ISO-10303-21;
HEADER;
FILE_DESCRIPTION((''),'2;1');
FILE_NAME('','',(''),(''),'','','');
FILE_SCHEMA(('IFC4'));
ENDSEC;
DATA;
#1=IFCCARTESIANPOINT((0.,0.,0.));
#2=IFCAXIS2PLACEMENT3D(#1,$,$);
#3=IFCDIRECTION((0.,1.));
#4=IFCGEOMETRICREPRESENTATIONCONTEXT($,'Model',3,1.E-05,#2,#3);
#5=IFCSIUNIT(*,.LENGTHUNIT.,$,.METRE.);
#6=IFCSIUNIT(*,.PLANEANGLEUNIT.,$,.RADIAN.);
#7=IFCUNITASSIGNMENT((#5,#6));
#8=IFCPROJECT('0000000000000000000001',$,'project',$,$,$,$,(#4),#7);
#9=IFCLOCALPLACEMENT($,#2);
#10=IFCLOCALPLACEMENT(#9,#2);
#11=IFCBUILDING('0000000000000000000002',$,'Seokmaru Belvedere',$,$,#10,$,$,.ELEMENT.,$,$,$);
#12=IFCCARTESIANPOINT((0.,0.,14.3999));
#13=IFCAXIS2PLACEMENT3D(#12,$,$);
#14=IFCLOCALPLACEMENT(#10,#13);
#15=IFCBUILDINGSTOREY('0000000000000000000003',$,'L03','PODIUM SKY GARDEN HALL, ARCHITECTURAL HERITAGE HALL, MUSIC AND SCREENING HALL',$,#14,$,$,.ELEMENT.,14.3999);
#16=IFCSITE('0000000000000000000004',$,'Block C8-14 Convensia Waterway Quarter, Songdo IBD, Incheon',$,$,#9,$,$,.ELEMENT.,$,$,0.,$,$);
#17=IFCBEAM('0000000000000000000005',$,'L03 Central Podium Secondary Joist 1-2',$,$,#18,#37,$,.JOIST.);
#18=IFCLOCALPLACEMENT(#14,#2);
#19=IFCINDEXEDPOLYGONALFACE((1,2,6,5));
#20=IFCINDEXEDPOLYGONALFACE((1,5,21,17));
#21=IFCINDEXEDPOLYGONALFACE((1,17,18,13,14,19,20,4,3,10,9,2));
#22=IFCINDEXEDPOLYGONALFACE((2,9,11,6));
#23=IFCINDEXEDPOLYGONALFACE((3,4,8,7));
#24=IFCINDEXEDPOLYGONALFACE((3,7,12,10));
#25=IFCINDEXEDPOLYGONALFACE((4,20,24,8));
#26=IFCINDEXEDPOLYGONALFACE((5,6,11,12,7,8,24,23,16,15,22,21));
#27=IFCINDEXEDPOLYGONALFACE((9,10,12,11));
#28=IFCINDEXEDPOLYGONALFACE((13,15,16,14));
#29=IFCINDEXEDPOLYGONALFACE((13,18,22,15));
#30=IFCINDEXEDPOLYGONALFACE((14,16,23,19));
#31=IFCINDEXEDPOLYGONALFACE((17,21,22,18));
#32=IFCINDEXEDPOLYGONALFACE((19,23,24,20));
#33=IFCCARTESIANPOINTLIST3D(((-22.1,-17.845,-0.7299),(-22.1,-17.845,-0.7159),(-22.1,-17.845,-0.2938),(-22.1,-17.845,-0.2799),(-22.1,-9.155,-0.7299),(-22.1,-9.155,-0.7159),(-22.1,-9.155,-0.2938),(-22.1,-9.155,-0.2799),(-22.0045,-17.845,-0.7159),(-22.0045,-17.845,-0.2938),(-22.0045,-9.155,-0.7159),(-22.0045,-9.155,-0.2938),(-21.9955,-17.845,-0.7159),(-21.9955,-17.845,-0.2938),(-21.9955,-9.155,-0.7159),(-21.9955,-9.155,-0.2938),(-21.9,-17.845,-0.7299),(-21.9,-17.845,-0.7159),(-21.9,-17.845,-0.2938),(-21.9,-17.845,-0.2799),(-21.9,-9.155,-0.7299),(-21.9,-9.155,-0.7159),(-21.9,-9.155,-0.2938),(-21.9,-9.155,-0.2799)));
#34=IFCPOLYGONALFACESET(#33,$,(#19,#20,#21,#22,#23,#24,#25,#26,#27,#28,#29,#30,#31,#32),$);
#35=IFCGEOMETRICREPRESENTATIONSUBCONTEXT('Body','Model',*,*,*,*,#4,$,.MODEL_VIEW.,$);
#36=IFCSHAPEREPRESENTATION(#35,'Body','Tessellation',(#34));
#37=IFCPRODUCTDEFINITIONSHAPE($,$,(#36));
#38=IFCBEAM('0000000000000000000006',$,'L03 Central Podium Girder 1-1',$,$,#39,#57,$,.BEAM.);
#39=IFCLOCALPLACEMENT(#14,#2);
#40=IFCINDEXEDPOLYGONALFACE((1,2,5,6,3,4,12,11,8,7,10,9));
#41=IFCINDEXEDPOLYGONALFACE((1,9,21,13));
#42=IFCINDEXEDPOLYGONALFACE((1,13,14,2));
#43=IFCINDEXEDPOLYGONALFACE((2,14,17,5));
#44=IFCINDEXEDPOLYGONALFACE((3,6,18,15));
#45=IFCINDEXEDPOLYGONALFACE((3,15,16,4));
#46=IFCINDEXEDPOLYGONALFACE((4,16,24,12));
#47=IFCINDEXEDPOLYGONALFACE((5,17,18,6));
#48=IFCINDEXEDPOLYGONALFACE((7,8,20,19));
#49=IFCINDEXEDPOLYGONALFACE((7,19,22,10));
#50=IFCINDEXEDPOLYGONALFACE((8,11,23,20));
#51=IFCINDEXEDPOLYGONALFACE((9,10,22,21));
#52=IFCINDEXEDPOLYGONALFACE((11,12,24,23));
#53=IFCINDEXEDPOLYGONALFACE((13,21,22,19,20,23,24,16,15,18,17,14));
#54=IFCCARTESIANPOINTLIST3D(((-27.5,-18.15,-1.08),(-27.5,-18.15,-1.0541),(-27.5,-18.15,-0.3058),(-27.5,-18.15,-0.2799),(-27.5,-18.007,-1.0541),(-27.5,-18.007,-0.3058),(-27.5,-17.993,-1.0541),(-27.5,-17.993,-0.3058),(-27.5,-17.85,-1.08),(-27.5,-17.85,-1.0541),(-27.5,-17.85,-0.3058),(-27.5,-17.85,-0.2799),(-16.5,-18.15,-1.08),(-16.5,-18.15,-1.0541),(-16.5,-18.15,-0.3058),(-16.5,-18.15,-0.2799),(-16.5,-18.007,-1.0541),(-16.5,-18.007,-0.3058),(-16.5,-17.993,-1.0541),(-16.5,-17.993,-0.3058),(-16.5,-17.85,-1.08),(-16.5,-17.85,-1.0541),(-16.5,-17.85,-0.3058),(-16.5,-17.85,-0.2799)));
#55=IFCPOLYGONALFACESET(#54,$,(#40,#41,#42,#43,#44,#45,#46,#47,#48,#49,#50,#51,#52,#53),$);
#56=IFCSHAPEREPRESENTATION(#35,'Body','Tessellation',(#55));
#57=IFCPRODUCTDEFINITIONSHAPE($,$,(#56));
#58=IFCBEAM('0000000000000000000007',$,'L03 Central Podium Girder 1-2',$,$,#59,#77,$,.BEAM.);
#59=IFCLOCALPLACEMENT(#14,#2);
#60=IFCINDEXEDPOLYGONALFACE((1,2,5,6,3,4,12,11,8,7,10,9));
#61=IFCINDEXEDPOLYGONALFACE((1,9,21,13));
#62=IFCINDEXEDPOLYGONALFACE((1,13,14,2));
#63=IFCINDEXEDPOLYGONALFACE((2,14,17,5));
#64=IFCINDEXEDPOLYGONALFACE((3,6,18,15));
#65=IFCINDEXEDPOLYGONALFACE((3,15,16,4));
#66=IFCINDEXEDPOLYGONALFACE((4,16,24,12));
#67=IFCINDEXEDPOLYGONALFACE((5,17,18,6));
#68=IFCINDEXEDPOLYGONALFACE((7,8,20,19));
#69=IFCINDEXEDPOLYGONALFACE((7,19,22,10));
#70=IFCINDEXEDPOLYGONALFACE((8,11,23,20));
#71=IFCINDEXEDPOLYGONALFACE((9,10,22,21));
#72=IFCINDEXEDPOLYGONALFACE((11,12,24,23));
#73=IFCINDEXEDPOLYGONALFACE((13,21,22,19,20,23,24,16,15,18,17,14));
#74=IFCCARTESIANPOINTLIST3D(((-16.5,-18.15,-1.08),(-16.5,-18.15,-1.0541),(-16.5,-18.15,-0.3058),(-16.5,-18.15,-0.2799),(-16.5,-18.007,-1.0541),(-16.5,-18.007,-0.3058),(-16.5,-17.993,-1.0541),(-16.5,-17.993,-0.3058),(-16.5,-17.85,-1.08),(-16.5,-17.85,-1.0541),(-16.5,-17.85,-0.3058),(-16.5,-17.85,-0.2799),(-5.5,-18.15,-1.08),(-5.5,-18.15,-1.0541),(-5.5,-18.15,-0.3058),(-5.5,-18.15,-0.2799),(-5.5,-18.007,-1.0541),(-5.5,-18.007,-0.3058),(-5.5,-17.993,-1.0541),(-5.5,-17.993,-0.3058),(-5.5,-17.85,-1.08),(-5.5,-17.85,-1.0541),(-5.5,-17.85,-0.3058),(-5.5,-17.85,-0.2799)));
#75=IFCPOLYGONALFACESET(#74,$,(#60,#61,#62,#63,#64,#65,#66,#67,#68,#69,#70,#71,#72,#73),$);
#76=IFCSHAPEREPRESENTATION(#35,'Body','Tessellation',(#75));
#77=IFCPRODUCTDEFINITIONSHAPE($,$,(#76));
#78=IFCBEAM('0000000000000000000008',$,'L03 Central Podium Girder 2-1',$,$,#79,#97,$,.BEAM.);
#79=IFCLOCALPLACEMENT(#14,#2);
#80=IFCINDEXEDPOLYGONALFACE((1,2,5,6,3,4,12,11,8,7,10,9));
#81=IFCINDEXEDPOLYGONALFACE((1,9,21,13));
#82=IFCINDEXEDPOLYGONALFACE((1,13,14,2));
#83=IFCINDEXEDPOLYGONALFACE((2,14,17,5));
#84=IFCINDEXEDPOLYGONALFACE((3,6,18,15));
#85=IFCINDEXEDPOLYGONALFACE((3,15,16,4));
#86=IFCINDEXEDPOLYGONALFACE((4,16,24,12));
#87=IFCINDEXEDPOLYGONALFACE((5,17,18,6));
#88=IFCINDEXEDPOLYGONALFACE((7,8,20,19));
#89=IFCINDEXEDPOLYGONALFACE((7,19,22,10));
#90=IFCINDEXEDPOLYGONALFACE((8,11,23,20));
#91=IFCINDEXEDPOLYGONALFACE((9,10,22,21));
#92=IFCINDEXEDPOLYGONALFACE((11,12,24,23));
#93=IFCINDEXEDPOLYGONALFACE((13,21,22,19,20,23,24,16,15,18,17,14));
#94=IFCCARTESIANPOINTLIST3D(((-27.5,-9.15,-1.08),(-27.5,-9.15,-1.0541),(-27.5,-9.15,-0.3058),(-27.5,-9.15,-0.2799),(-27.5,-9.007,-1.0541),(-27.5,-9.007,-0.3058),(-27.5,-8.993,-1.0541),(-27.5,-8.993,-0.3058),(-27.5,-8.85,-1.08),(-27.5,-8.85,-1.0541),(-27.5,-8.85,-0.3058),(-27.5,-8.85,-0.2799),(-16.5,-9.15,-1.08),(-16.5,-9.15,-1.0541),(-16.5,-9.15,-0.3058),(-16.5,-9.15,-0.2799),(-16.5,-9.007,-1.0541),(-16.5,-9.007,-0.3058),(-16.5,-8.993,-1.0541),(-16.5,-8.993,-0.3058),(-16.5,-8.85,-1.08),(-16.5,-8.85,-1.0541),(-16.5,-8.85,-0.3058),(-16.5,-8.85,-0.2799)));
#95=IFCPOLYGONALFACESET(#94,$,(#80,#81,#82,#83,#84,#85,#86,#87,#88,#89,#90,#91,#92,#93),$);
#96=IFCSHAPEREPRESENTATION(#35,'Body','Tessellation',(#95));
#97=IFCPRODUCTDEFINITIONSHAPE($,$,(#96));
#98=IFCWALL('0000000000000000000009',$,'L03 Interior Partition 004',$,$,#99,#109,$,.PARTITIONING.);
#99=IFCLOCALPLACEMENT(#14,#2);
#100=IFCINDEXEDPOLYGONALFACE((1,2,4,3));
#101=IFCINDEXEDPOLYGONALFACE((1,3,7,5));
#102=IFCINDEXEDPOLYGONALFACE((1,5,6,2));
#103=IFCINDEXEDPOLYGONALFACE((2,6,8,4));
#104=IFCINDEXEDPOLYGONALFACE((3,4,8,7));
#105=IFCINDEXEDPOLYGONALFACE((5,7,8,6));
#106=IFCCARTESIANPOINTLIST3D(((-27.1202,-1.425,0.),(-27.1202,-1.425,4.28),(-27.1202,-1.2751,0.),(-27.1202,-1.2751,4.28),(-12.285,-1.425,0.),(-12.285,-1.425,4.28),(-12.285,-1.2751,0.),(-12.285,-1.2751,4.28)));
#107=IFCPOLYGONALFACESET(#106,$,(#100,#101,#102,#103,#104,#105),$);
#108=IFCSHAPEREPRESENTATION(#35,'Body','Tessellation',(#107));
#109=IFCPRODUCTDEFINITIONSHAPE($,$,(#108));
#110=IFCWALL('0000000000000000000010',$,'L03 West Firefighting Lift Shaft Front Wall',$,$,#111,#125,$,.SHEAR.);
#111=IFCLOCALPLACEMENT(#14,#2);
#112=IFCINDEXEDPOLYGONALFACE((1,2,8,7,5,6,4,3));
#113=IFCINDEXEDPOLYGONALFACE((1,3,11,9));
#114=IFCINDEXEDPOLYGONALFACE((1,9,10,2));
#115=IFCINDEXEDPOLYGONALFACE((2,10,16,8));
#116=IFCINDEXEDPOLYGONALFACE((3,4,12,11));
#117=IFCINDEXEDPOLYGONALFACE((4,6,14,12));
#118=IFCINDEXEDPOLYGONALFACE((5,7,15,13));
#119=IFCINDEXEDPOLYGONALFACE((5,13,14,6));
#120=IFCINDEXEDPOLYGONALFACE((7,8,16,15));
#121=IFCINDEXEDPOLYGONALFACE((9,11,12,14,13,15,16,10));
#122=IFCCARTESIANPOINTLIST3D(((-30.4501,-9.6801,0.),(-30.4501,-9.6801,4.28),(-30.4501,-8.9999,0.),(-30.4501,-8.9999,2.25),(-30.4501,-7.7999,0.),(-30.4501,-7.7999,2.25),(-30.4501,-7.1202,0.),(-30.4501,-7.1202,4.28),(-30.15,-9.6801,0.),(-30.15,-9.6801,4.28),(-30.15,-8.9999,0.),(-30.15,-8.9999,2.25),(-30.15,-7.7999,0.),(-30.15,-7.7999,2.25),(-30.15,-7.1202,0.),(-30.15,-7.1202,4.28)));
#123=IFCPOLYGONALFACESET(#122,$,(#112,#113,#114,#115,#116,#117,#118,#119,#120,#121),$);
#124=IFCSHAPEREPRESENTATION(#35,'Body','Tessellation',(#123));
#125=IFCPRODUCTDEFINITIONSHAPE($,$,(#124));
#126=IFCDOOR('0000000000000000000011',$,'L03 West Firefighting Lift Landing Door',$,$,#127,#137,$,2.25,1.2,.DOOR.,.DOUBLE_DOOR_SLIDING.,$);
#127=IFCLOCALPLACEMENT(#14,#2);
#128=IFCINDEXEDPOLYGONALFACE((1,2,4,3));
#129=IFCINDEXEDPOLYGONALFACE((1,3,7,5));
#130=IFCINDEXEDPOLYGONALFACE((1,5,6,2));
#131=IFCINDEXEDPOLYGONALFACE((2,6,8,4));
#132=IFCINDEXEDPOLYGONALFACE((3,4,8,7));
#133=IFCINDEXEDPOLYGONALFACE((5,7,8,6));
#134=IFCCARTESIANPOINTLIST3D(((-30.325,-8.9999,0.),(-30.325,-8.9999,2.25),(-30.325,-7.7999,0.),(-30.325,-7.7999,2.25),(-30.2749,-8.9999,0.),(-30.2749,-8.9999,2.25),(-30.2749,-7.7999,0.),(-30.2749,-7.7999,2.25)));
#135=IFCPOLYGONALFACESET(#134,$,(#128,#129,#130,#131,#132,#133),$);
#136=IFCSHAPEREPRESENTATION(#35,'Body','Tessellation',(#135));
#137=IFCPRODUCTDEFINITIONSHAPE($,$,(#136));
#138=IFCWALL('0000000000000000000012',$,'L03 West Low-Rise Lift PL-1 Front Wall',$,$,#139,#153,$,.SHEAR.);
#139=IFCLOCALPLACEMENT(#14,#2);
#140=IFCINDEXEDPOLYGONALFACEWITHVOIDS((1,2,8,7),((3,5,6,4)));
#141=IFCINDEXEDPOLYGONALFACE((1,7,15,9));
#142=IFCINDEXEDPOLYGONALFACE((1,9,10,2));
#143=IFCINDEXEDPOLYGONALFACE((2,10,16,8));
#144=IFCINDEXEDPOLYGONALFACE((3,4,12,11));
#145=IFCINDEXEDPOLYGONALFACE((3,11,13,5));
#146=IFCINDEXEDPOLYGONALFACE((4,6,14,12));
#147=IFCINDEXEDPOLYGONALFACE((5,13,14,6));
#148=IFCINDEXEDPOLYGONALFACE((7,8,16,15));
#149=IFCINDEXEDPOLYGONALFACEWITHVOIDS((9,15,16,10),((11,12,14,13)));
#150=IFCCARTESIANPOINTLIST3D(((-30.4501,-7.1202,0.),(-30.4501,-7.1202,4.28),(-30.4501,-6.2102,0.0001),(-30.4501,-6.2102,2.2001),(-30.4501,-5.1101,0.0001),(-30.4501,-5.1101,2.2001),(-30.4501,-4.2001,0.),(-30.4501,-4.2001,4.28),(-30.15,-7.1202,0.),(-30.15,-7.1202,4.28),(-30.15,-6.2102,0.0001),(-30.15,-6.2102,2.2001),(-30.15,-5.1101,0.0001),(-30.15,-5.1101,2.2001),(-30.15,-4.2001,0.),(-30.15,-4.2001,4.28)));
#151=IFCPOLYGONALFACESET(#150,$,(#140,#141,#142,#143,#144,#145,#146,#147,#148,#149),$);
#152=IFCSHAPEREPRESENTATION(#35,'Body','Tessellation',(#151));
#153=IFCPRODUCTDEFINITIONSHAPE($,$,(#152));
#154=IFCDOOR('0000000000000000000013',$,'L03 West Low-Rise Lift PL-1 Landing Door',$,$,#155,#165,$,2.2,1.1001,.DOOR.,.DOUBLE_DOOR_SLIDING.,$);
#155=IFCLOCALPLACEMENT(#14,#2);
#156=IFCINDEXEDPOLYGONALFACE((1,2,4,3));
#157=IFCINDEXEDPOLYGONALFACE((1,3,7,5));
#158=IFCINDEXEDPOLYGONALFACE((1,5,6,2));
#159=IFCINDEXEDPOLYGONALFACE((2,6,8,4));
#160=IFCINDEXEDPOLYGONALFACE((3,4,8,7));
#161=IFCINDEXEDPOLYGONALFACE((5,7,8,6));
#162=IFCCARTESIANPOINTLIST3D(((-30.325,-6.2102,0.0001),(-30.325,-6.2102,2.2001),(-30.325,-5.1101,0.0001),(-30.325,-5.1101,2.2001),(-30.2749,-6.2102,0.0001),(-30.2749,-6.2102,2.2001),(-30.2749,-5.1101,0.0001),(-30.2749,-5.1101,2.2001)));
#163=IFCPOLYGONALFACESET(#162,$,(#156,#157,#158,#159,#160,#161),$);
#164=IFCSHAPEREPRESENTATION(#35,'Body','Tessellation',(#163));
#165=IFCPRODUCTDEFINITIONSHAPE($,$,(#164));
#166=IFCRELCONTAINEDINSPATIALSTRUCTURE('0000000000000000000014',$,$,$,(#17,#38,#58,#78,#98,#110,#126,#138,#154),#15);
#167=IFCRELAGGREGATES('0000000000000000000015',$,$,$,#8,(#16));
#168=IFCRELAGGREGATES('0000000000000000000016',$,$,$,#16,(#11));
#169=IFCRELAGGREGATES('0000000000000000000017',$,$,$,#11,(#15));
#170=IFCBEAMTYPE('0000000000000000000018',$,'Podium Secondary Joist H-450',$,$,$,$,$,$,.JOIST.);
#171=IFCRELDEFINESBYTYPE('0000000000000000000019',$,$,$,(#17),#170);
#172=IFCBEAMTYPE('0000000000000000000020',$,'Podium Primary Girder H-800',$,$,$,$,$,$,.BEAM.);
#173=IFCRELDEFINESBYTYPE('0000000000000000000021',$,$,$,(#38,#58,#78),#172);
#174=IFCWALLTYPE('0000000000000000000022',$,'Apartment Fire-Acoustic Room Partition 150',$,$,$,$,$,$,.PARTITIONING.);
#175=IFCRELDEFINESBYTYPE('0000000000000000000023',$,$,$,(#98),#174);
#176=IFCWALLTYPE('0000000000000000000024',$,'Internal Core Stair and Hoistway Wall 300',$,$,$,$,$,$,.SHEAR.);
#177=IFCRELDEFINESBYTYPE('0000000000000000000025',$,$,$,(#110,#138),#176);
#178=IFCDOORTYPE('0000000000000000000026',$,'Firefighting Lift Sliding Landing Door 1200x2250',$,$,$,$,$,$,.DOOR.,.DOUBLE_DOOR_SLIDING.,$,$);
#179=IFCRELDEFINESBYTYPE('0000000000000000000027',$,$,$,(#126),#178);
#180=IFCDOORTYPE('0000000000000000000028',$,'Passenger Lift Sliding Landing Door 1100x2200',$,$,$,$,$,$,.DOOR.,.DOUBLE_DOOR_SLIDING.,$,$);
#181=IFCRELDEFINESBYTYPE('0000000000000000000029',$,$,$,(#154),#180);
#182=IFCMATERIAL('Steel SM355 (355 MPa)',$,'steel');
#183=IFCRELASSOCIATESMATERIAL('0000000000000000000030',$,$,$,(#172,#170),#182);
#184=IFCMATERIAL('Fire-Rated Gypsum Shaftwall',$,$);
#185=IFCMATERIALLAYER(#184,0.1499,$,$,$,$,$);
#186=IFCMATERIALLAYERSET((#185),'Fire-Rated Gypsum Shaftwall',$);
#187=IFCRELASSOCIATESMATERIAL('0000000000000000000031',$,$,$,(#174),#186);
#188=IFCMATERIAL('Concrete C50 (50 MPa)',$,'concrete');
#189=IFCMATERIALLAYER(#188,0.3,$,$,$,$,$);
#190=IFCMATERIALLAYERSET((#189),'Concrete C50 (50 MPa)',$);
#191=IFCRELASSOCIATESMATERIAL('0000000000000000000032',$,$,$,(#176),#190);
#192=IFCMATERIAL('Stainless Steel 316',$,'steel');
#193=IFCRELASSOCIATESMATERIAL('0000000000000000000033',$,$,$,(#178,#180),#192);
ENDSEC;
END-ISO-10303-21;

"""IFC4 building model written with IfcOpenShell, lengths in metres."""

from ifc_helpers import new_model, si_unit, direction, frame, frame_2d, origin, origin_2d, place, context, subcontext, project, spatial, rectangle, i_section, extrude, source, transform, mapped, material, layer, layer_set, material_profile, profile_set, type_object, type_shapes, element, fill, save


model = new_model("IFC4")

# Units and contexts
model_context = context("Model", 3, precision=1e-05, world=origin(), true_north=direction((0.0, 1.0)))
body_context = subcontext(model_context, "Body", "Model", "MODEL_VIEW")
ifc_project = project(units=[si_unit("LENGTHUNIT", "METRE"), si_unit("PLANEANGLEUNIT", "RADIAN")], contexts=[model_context])

# Site, building, storey
site_placement = place(None, origin())
site = spatial("IfcSite", under=ifc_project, at=site_placement, Name="Block C8-14 Convensia Waterway Quarter, Songdo IBD, Incheon", CompositionType="ELEMENT", RefElevation=0.0)
building_placement = place(site_placement, origin())
building = spatial("IfcBuilding", under=site, at=building_placement, Name="Seokmaru Belvedere", CompositionType="ELEMENT")
storey_placement = place(building_placement, frame((0.0, 0.0, 14.3999)))
storey = spatial("IfcBuildingStorey", under=building, at=storey_placement, Name="L03", Description="PODIUM SKY GARDEN HALL, ARCHITECTURAL HERITAGE HALL, MUSIC AND SCREENING HALL", CompositionType="ELEMENT", Elevation=14.3999)

# Shared definitions
ifc_material_1 = material(Name="Concrete C50 (50 MPa)", Category="concrete")

# Beams
ifc_material_2 = material(Name="Steel SM355 (355 MPa)", Category="steel")
ifc_material_profile_1 = material_profile(ifc_material_2, i_section(OverallWidth=0.3, OverallDepth=0.8, WebThickness=0.0139, FlangeThickness=0.0259, at=origin_2d()), Name="H-800x300x14x26")
ifc_profile_set_1 = profile_set([ifc_material_profile_1], Name="Steel SM355 (355 MPa)")
beam_type_1 = type_object("IfcBeamType", Name="Podium Primary Girder H-800", PredefinedType="BEAM", material=ifc_profile_set_1)
ifc_material_profile_2 = material_profile(ifc_material_2, i_section(OverallWidth=0.2, OverallDepth=0.45, WebThickness=0.009, FlangeThickness=0.0139, at=origin_2d()), Name="H-450x200x9x14")
ifc_profile_set_2 = profile_set([ifc_material_profile_2], Name="Steel SM355 (355 MPa)")
beam_type_2 = type_object("IfcBeamType", Name="Podium Secondary Joist H-450", PredefinedType="JOIST", material=ifc_profile_set_2)
shared_shape_1 = source(origin(), body_context, "Body", "SweptSolid", [
    extrude(i_section(OverallWidth=0.2, OverallDepth=0.45, WebThickness=0.009, FlangeThickness=0.0139, at=origin_2d()), origin(), (0.0, 0.0, 1.0), 8.6899),
])
type_shapes(beam_type_2, [shared_shape_1])
beam_1_placement = place(storey_placement, frame((-22.0, -17.845, -0.5049), z_axis=(0.0, 1.0, 0.0), x_axis=(-1.0, 0.0, 0.0)))
element("IfcBeam", 1, at=beam_1_placement, inside=storey, type_object=beam_type_2, Name="L03 Central Podium Secondary Joist 1-2", PredefinedType="JOIST", context=body_context, shape_type="MappedRepresentation", body=[
    mapped(shared_shape_1, transform((0.0, 0.0, 0.0), scale=1.0)),
])
shared_shape_2 = source(origin(), body_context, "Body", "SweptSolid", [
    extrude(i_section(OverallWidth=0.3, OverallDepth=0.8, WebThickness=0.0139, FlangeThickness=0.0259, at=origin_2d()), origin(), (0.0, 0.0, 1.0), 11.0),
])
for number, where, z_axis, x_axis, name in (
    (2, (-27.5, -18.0, -0.6799), (1.0, 0.0, 0.0), (0.0, 1.0, 0.0), "L03 Central Podium Girder 1-1"),
    (3, (-16.5, -18.0, -0.6799), (1.0, 0.0, 0.0), (0.0, 1.0, 0.0), "L03 Central Podium Girder 1-2"),
    (4, (-27.5, -9.0, -0.6799), (1.0, 0.0, 0.0), (0.0, 1.0, 0.0), "L03 Central Podium Girder 2-1"),
):
    element("IfcBeam", number, at=place(storey_placement, frame(where, z_axis=z_axis, x_axis=x_axis)), inside=storey, type_object=beam_type_1, Name=name, PredefinedType="BEAM", context=body_context, shape_type="MappedRepresentation", body=[
        mapped(shared_shape_2, transform((0.0, 0.0, 0.0), scale=1.0)),
    ])

# Wall
ifc_material_3 = material(Name="Fire-Rated Gypsum Shaftwall")
ifc_layer_1 = layer(ifc_material_3, 0.1499)
ifc_layer_set_1 = layer_set([ifc_layer_1], Name="Fire-Rated Gypsum Shaftwall")
wall_type_1 = type_object("IfcWallType", Name="Apartment Fire-Acoustic Room Partition 150", PredefinedType="PARTITIONING", material=ifc_layer_set_1)
wall_1_placement = place(storey_placement, frame((-27.1201, -1.3501, 0.0), z_axis=(0.0, 0.0, 1.0), x_axis=(1.0, 0.0, 0.0)))
element("IfcWall", 5, at=wall_1_placement, inside=storey, type_object=wall_type_1, Name="L03 Interior Partition 004", PredefinedType="PARTITIONING", context=body_context, shape_type="SweptSolid", body=[
    extrude(rectangle(XDim=14.8352, YDim=0.1499, at=frame_2d((7.4175, 0.0))), origin(), (0.0, 0.0, 1.0), 4.28),
])

# Walls, openings, doors
ifc_layer_2 = layer(ifc_material_1, 0.3)
ifc_layer_set_2 = layer_set([ifc_layer_2], Name="Concrete C50 (50 MPa)")
wall_type_2 = type_object("IfcWallType", Name="Internal Core Stair and Hoistway Wall 300", PredefinedType="SHEAR", material=ifc_layer_set_2)
wall_2_placement = place(storey_placement, frame((-30.3, -9.6799, 0.0), z_axis=(0.0, 0.0, 1.0), x_axis=(0.0, 1.0, 0.0)))
wall_2 = element("IfcWall", 6, at=wall_2_placement, inside=storey, type_object=wall_type_2, Name="L03 West Firefighting Lift Shaft Front Wall", PredefinedType="SHEAR", context=body_context, shape_type="SweptSolid", body=[
    extrude(rectangle(XDim=2.5598, YDim=0.3, at=frame_2d((1.2798, 0.0))), origin(), (0.0, 0.0, 1.0), 4.28),
])
opening_1_placement = place(wall_2_placement, frame((0.6799, 0.0, 0.0)))
opening_1 = element("IfcOpeningElement", 7, at=opening_1_placement, cuts=wall_2, PredefinedType="OPENING", context=body_context, shape_type="SweptSolid", body=[
    extrude(rectangle(XDim=1.2, YDim=2.25, at=frame_2d((0.6001, 1.125))), frame((0.0, 0.1602, 0.0), z_axis=(0.0, -1.0, 0.0), x_axis=(1.0, 0.0, 0.0)), (0.0, 0.0, 1.0), 0.3201),
])
ifc_material_4 = material(Name="Stainless Steel 316", Category="steel")
door_type_1 = type_object("IfcDoorType", Name="Firefighting Lift Sliding Landing Door 1200x2250", OperationType="DOUBLE_DOOR_SLIDING", PredefinedType="DOOR", material=ifc_material_4)
shared_shape_3 = source(origin(), body_context, "Body", "SweptSolid", [
    extrude(rectangle(XDim=1.2, YDim=2.25, at=frame_2d((0.6001, 1.125))), frame((0.0, 0.0249, 0.0), z_axis=(0.0, -1.0, 0.0), x_axis=(1.0, 0.0, 0.0)), (0.0, 0.0, 1.0), 0.05),
])
type_shapes(door_type_1, [shared_shape_3])
door_1_placement = place(opening_1_placement, origin())
door_1 = element("IfcDoor", 8, at=door_1_placement, inside=storey, type_object=door_type_1, Name="L03 West Firefighting Lift Landing Door", OperationType="DOUBLE_DOOR_SLIDING", OverallHeight=2.25, OverallWidth=1.2, PredefinedType="DOOR", context=body_context, shape_type="MappedRepresentation", body=[
    mapped(shared_shape_3, transform((0.0, 0.0, 0.0), scale=1.0)),
])
fill(opening_1, door_1)
wall_3_placement = place(storey_placement, frame((-30.3, -7.1201, 0.0), z_axis=(0.0, 0.0, 1.0), x_axis=(0.0, 1.0, 0.0)))
wall_3 = element("IfcWall", 9, at=wall_3_placement, inside=storey, type_object=wall_type_2, Name="L03 West Low-Rise Lift PL-1 Front Wall", PredefinedType="SHEAR", context=body_context, shape_type="SweptSolid", body=[
    extrude(rectangle(XDim=2.9202, YDim=0.3, at=frame_2d((1.46, 0.0))), origin(), (0.0, 0.0, 1.0), 4.28),
])
opening_2_placement = place(wall_3_placement, frame((0.9099, 0.0, 0.0)))
opening_2 = element("IfcOpeningElement", 10, at=opening_2_placement, cuts=wall_3, PredefinedType="OPENING", context=body_context, shape_type="SweptSolid", body=[
    extrude(rectangle(XDim=1.1001, YDim=2.2, at=frame_2d((0.55, 1.1001))), frame((0.0, 0.1602, 0.0), z_axis=(0.0, -1.0, 0.0), x_axis=(1.0, 0.0, 0.0)), (0.0, 0.0, 1.0), 0.3201),
])
door_type_2 = type_object("IfcDoorType", Name="Passenger Lift Sliding Landing Door 1100x2200", OperationType="DOUBLE_DOOR_SLIDING", PredefinedType="DOOR", material=ifc_material_4)
shared_shape_4 = source(origin(), body_context, "Body", "SweptSolid", [
    extrude(rectangle(XDim=1.1001, YDim=2.2, at=frame_2d((0.55, 1.1001))), frame((0.0, 0.0249, 0.0), z_axis=(0.0, -1.0, 0.0), x_axis=(1.0, 0.0, 0.0)), (0.0, 0.0, 1.0), 0.05),
])
type_shapes(door_type_2, [shared_shape_4])
door_2_placement = place(opening_2_placement, origin())
door_2 = element("IfcDoor", 11, at=door_2_placement, inside=storey, type_object=door_type_2, Name="L03 West Low-Rise Lift PL-1 Landing Door", OperationType="DOUBLE_DOOR_SLIDING", OverallHeight=2.2, OverallWidth=1.1001, PredefinedType="DOOR", context=body_context, shape_type="MappedRepresentation", body=[
    mapped(shared_shape_4, transform((0.0, 0.0, 0.0), scale=1.0)),
])
fill(opening_2, door_2)

save(model, "model.ifc")
